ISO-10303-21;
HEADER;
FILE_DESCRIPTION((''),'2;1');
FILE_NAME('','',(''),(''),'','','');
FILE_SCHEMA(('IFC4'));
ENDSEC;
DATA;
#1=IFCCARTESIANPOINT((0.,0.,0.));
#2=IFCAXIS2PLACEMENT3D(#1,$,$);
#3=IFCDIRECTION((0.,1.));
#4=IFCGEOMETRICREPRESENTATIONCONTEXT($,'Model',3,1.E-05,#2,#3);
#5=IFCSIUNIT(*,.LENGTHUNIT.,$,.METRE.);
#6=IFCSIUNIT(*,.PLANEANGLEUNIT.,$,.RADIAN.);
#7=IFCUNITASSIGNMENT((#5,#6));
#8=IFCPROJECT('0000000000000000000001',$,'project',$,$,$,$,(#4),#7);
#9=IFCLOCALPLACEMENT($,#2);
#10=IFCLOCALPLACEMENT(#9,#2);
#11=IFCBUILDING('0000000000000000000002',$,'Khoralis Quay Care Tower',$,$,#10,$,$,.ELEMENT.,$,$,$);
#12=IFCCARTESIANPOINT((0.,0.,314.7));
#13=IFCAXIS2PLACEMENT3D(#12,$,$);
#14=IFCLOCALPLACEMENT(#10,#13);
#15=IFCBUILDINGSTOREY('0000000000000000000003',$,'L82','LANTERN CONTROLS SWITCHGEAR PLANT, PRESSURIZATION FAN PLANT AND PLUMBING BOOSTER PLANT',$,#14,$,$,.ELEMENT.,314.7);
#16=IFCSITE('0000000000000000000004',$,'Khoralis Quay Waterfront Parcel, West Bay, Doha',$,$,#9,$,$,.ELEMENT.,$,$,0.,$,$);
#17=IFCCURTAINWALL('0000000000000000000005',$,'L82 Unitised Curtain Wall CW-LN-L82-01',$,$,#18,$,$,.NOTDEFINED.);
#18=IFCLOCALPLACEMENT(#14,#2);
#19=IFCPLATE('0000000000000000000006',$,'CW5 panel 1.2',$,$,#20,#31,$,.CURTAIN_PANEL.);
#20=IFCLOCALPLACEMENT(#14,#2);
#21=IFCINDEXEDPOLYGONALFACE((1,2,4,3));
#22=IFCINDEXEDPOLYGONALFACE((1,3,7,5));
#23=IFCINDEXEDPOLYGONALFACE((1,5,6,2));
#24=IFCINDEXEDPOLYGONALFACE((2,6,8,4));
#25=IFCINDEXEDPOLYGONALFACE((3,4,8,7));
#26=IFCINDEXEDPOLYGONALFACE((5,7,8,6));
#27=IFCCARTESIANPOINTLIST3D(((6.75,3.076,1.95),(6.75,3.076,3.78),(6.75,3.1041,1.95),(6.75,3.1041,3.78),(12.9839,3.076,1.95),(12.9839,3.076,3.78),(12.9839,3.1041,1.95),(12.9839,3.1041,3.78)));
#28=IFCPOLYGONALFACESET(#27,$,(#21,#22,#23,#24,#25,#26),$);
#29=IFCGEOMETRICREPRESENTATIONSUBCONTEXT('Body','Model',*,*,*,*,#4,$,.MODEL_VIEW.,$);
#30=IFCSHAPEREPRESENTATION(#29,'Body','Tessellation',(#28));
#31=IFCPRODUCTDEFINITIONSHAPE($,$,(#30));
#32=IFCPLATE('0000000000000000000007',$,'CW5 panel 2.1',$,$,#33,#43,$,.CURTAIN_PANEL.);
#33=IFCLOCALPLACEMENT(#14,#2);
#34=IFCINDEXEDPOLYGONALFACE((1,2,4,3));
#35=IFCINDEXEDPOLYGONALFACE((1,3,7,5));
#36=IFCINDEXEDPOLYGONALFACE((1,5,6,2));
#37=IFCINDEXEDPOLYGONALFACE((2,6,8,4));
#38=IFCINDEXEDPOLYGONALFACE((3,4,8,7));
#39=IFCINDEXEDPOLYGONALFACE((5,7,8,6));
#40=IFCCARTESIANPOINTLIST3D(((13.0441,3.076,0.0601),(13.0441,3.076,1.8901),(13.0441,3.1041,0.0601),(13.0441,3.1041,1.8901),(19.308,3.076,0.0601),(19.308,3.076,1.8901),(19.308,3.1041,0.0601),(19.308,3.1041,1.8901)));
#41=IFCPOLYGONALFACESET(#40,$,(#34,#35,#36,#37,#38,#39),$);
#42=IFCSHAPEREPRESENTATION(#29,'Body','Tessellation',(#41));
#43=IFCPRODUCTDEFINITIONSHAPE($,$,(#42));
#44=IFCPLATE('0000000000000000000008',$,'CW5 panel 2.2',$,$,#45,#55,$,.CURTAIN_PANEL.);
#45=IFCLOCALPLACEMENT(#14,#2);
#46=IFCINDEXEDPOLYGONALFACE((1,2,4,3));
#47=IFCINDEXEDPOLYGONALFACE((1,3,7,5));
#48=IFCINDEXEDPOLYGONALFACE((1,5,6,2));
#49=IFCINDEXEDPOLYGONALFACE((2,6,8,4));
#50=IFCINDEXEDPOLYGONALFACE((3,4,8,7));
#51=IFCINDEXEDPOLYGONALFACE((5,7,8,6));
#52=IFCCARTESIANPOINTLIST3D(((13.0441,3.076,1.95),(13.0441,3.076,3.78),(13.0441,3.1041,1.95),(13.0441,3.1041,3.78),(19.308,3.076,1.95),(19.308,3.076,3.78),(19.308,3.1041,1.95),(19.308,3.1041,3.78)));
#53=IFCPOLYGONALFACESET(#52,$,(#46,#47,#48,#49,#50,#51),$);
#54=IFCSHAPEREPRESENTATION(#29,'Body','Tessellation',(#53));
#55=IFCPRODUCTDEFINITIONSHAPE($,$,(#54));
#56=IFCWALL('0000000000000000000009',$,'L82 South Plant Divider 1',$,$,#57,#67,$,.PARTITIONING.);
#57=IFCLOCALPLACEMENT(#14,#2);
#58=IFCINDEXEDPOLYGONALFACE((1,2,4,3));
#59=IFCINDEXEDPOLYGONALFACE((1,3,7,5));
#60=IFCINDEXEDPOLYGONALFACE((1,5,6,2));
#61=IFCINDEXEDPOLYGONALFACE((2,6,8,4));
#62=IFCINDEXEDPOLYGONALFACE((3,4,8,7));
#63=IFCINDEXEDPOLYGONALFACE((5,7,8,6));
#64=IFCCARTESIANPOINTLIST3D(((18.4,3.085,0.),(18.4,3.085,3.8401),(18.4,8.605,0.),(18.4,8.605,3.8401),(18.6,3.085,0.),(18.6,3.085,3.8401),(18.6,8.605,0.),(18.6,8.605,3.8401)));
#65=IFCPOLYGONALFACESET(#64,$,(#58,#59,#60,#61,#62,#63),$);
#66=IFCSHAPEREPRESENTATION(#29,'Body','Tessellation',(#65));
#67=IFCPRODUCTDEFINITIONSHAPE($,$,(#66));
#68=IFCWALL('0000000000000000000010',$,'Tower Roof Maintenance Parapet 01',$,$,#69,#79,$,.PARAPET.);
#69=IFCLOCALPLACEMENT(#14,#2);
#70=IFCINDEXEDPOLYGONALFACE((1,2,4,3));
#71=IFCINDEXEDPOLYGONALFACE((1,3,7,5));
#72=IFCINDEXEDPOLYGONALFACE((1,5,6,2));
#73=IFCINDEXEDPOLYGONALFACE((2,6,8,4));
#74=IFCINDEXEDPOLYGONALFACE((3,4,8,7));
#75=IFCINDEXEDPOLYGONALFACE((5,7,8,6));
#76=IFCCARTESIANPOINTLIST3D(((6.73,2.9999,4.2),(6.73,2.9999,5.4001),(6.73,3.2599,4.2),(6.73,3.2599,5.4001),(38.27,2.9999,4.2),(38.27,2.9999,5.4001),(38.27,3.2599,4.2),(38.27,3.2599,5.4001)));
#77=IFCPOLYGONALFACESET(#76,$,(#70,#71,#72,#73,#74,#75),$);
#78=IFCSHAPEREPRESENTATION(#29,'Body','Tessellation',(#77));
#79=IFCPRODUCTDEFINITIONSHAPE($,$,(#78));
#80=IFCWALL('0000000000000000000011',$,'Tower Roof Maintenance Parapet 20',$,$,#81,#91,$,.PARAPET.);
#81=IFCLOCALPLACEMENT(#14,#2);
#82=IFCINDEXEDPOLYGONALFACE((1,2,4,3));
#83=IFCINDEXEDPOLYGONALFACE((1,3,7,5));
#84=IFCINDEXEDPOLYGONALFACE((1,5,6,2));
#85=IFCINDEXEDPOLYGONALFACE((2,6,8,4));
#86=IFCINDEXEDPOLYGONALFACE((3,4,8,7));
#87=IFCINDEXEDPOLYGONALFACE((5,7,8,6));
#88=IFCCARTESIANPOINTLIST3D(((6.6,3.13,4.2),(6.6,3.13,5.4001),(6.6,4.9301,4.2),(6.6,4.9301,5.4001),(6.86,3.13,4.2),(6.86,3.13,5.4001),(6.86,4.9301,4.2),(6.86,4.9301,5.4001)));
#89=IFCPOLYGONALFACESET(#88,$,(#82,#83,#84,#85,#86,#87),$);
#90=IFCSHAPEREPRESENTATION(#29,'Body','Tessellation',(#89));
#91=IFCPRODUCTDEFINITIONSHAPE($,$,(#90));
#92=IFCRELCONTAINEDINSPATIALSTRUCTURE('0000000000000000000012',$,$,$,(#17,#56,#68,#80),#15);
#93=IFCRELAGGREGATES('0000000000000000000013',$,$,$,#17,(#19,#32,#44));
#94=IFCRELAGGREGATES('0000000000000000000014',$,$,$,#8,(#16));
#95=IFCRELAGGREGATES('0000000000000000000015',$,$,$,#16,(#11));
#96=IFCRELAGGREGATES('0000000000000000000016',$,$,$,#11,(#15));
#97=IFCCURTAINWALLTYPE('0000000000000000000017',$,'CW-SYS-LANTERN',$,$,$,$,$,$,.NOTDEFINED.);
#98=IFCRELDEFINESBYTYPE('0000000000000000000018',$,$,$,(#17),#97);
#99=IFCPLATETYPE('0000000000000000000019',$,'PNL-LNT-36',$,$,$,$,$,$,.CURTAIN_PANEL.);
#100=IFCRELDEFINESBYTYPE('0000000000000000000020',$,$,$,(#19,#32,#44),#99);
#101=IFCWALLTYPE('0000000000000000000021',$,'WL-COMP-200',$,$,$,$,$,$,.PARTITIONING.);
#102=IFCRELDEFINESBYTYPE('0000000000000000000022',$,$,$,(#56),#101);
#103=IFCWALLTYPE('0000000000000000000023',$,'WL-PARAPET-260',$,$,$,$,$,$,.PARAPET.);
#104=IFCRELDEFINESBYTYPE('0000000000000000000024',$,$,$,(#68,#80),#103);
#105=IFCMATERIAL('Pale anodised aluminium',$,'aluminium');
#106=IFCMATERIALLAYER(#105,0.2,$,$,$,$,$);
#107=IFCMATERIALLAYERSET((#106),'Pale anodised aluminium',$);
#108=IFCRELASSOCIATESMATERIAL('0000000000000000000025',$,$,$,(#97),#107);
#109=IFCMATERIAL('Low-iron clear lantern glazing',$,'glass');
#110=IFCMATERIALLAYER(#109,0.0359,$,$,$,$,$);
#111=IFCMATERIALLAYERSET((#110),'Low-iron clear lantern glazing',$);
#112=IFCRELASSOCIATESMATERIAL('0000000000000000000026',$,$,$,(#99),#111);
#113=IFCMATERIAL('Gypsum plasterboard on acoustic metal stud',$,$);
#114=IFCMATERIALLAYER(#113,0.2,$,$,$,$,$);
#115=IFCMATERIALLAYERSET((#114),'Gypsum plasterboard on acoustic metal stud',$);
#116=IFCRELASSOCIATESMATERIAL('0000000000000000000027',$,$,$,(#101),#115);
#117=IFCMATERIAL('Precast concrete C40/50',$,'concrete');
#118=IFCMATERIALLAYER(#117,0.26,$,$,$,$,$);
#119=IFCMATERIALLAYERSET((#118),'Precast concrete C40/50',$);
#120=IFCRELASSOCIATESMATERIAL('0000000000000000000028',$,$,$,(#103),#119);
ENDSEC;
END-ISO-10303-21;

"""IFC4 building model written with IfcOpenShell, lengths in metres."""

from ifc_helpers import new_model, si_unit, direction, frame, frame_2d, origin, origin_2d, place, context, subcontext, project, spatial, rectangle, extrude, source, transform, mapped, material, layer, layer_set, type_object, element, aggregate, save


model = new_model("IFC4")

# Units and contexts
model_context = context("Model", 3, precision=1e-05, world=origin(), true_north=direction((0.0, 1.0)))
body_context = subcontext(model_context, "Body", "Model", "MODEL_VIEW")
ifc_project = project(units=[si_unit("LENGTHUNIT", "METRE"), si_unit("PLANEANGLEUNIT", "RADIAN")], contexts=[model_context])

# Site, building, storey
site_placement = place(None, origin())
site = spatial("IfcSite", under=ifc_project, at=site_placement, Name="Khoralis Quay Waterfront Parcel, West Bay, Doha", CompositionType="ELEMENT", RefElevation=0.0)
building_placement = place(site_placement, origin())
building = spatial("IfcBuilding", under=site, at=building_placement, Name="Khoralis Quay Care Tower", CompositionType="ELEMENT")
storey_placement = place(building_placement, frame((0.0, 0.0, 314.7)))
storey = spatial("IfcBuildingStorey", under=building, at=storey_placement, Name="L82", Description="LANTERN CONTROLS SWITCHGEAR PLANT, PRESSURIZATION FAN PLANT AND PLUMBING BOOSTER PLANT", CompositionType="ELEMENT", Elevation=314.7)

# Curtain wall
ifc_material_1 = material(Name="Pale anodised aluminium", Category="aluminium")
ifc_layer_1 = layer(ifc_material_1, 0.2)
ifc_layer_set_1 = layer_set([ifc_layer_1], Name="Pale anodised aluminium")
curtain_wall_type = type_object("IfcCurtainWallType", Name="CW-SYS-LANTERN", PredefinedType="NOTDEFINED", material=ifc_layer_set_1)
curtain_wall_1_placement = place(storey_placement, origin())
curtain_wall_1 = element("IfcCurtainWall", 1, at=curtain_wall_1_placement, inside=storey, type_object=curtain_wall_type, Name="L82 Unitised Curtain Wall CW-LN-L82-01", PredefinedType="NOTDEFINED")

# Plates
ifc_material_2 = material(Name="Low-iron clear lantern glazing", Category="glass")
ifc_layer_2 = layer(ifc_material_2, 0.0359)
ifc_layer_set_2 = layer_set([ifc_layer_2], Name="Low-iron clear lantern glazing")
plate_type = type_object("IfcPlateType", Name="PNL-LNT-36", PredefinedType="CURTAIN_PANEL", material=ifc_layer_set_2)
shared_shape_1 = source(origin(), body_context, "Body", "SweptSolid", [
    extrude(rectangle(XDim=6.2339, YDim=0.0281, at=origin_2d()), origin(), (0.0, 0.0, 1.0), 1.8301),
])
plate_1_placement = place(storey_placement, frame((9.8669, 3.0901, 1.95), z_axis=(0.0, 0.0, 1.0), x_axis=(1.0, 0.0, 0.0)))
plate_1 = element("IfcPlate", 2, at=plate_1_placement, type_object=plate_type, Name="CW5 panel 1.2", PredefinedType="CURTAIN_PANEL", context=body_context, shape_type="MappedRepresentation", body=[
    mapped(shared_shape_1, transform((0.0, 0.0, 0.0), scale=1.0)),
])
shared_shape_2 = source(origin(), body_context, "Body", "SweptSolid", [
    extrude(rectangle(XDim=6.2639, YDim=0.0281, at=origin_2d()), origin(), (0.0, 0.0, 1.0), 1.8301),
])
plate_2_placement = place(storey_placement, frame((16.176, 3.0901, 0.0601), z_axis=(0.0, 0.0, 1.0), x_axis=(1.0, 0.0, 0.0)))
plate_2 = element("IfcPlate", 3, at=plate_2_placement, type_object=plate_type, Name="CW5 panel 2.1", PredefinedType="CURTAIN_PANEL", context=body_context, shape_type="MappedRepresentation", body=[
    mapped(shared_shape_2, transform((0.0, 0.0, 0.0), scale=1.0)),
])
plate_3_placement = place(storey_placement, frame((16.176, 3.0901, 1.95), z_axis=(0.0, 0.0, 1.0), x_axis=(1.0, 0.0, 0.0)))
plate_3 = element("IfcPlate", 4, at=plate_3_placement, type_object=plate_type, Name="CW5 panel 2.2", PredefinedType="CURTAIN_PANEL", context=body_context, shape_type="MappedRepresentation", body=[
    mapped(shared_shape_2, transform((0.0, 0.0, 0.0), scale=1.0)),
])
aggregate(curtain_wall_1, [plate_1, plate_2, plate_3])

# Walls
ifc_material_3 = material(Name="Gypsum plasterboard on acoustic metal stud")
ifc_layer_3 = layer(ifc_material_3, 0.2)
ifc_layer_set_3 = layer_set([ifc_layer_3], Name="Gypsum plasterboard on acoustic metal stud")
wall_type_1 = type_object("IfcWallType", Name="WL-COMP-200", PredefinedType="PARTITIONING", material=ifc_layer_set_3)
wall_1_placement = place(storey_placement, frame((18.5, 3.085, 0.0), z_axis=(0.0, 0.0, 1.0), x_axis=(0.0, 1.0, 0.0)))
element("IfcWall", 5, at=wall_1_placement, inside=storey, type_object=wall_type_1, Name="L82 South Plant Divider 1", PredefinedType="PARTITIONING", context=body_context, shape_type="SweptSolid", body=[
    extrude(rectangle(XDim=5.52, YDim=0.2, at=frame_2d((2.76, 0.0))), origin(), (0.0, 0.0, 1.0), 3.8401),
])
ifc_material_4 = material(Name="Precast concrete C40/50", Category="concrete")
ifc_layer_4 = layer(ifc_material_4, 0.26)
ifc_layer_set_4 = layer_set([ifc_layer_4], Name="Precast concrete C40/50")
wall_type_2 = type_object("IfcWallType", Name="WL-PARAPET-260", PredefinedType="PARAPET", material=ifc_layer_set_4)
wall_2_placement = place(storey_placement, frame((6.73, 3.1299, 4.2), z_axis=(0.0, 0.0, 1.0), x_axis=(1.0, 0.0, 0.0)))
element("IfcWall", 6, at=wall_2_placement, inside=storey, type_object=wall_type_2, Name="Tower Roof Maintenance Parapet 01", PredefinedType="PARAPET", context=body_context, shape_type="SweptSolid", body=[
    extrude(rectangle(XDim=31.54, YDim=0.26, at=frame_2d((15.77, 0.0))), origin(), (0.0, 0.0, 1.0), 1.2002),
])
wall_3_placement = place(storey_placement, frame((6.73, 4.9299, 4.2), z_axis=(0.0, 0.0, 1.0), x_axis=(0.0, -1.0, 0.0)))
element("IfcWall", 7, at=wall_3_placement, inside=storey, type_object=wall_type_2, Name="Tower Roof Maintenance Parapet 20", PredefinedType="PARAPET", context=body_context, shape_type="SweptSolid", body=[
    extrude(rectangle(XDim=1.8, YDim=0.26, at=frame_2d((0.8999, 0.0))), origin(), (0.0, 0.0, 1.0), 1.2002),
])

save(model, "model.ifc")
